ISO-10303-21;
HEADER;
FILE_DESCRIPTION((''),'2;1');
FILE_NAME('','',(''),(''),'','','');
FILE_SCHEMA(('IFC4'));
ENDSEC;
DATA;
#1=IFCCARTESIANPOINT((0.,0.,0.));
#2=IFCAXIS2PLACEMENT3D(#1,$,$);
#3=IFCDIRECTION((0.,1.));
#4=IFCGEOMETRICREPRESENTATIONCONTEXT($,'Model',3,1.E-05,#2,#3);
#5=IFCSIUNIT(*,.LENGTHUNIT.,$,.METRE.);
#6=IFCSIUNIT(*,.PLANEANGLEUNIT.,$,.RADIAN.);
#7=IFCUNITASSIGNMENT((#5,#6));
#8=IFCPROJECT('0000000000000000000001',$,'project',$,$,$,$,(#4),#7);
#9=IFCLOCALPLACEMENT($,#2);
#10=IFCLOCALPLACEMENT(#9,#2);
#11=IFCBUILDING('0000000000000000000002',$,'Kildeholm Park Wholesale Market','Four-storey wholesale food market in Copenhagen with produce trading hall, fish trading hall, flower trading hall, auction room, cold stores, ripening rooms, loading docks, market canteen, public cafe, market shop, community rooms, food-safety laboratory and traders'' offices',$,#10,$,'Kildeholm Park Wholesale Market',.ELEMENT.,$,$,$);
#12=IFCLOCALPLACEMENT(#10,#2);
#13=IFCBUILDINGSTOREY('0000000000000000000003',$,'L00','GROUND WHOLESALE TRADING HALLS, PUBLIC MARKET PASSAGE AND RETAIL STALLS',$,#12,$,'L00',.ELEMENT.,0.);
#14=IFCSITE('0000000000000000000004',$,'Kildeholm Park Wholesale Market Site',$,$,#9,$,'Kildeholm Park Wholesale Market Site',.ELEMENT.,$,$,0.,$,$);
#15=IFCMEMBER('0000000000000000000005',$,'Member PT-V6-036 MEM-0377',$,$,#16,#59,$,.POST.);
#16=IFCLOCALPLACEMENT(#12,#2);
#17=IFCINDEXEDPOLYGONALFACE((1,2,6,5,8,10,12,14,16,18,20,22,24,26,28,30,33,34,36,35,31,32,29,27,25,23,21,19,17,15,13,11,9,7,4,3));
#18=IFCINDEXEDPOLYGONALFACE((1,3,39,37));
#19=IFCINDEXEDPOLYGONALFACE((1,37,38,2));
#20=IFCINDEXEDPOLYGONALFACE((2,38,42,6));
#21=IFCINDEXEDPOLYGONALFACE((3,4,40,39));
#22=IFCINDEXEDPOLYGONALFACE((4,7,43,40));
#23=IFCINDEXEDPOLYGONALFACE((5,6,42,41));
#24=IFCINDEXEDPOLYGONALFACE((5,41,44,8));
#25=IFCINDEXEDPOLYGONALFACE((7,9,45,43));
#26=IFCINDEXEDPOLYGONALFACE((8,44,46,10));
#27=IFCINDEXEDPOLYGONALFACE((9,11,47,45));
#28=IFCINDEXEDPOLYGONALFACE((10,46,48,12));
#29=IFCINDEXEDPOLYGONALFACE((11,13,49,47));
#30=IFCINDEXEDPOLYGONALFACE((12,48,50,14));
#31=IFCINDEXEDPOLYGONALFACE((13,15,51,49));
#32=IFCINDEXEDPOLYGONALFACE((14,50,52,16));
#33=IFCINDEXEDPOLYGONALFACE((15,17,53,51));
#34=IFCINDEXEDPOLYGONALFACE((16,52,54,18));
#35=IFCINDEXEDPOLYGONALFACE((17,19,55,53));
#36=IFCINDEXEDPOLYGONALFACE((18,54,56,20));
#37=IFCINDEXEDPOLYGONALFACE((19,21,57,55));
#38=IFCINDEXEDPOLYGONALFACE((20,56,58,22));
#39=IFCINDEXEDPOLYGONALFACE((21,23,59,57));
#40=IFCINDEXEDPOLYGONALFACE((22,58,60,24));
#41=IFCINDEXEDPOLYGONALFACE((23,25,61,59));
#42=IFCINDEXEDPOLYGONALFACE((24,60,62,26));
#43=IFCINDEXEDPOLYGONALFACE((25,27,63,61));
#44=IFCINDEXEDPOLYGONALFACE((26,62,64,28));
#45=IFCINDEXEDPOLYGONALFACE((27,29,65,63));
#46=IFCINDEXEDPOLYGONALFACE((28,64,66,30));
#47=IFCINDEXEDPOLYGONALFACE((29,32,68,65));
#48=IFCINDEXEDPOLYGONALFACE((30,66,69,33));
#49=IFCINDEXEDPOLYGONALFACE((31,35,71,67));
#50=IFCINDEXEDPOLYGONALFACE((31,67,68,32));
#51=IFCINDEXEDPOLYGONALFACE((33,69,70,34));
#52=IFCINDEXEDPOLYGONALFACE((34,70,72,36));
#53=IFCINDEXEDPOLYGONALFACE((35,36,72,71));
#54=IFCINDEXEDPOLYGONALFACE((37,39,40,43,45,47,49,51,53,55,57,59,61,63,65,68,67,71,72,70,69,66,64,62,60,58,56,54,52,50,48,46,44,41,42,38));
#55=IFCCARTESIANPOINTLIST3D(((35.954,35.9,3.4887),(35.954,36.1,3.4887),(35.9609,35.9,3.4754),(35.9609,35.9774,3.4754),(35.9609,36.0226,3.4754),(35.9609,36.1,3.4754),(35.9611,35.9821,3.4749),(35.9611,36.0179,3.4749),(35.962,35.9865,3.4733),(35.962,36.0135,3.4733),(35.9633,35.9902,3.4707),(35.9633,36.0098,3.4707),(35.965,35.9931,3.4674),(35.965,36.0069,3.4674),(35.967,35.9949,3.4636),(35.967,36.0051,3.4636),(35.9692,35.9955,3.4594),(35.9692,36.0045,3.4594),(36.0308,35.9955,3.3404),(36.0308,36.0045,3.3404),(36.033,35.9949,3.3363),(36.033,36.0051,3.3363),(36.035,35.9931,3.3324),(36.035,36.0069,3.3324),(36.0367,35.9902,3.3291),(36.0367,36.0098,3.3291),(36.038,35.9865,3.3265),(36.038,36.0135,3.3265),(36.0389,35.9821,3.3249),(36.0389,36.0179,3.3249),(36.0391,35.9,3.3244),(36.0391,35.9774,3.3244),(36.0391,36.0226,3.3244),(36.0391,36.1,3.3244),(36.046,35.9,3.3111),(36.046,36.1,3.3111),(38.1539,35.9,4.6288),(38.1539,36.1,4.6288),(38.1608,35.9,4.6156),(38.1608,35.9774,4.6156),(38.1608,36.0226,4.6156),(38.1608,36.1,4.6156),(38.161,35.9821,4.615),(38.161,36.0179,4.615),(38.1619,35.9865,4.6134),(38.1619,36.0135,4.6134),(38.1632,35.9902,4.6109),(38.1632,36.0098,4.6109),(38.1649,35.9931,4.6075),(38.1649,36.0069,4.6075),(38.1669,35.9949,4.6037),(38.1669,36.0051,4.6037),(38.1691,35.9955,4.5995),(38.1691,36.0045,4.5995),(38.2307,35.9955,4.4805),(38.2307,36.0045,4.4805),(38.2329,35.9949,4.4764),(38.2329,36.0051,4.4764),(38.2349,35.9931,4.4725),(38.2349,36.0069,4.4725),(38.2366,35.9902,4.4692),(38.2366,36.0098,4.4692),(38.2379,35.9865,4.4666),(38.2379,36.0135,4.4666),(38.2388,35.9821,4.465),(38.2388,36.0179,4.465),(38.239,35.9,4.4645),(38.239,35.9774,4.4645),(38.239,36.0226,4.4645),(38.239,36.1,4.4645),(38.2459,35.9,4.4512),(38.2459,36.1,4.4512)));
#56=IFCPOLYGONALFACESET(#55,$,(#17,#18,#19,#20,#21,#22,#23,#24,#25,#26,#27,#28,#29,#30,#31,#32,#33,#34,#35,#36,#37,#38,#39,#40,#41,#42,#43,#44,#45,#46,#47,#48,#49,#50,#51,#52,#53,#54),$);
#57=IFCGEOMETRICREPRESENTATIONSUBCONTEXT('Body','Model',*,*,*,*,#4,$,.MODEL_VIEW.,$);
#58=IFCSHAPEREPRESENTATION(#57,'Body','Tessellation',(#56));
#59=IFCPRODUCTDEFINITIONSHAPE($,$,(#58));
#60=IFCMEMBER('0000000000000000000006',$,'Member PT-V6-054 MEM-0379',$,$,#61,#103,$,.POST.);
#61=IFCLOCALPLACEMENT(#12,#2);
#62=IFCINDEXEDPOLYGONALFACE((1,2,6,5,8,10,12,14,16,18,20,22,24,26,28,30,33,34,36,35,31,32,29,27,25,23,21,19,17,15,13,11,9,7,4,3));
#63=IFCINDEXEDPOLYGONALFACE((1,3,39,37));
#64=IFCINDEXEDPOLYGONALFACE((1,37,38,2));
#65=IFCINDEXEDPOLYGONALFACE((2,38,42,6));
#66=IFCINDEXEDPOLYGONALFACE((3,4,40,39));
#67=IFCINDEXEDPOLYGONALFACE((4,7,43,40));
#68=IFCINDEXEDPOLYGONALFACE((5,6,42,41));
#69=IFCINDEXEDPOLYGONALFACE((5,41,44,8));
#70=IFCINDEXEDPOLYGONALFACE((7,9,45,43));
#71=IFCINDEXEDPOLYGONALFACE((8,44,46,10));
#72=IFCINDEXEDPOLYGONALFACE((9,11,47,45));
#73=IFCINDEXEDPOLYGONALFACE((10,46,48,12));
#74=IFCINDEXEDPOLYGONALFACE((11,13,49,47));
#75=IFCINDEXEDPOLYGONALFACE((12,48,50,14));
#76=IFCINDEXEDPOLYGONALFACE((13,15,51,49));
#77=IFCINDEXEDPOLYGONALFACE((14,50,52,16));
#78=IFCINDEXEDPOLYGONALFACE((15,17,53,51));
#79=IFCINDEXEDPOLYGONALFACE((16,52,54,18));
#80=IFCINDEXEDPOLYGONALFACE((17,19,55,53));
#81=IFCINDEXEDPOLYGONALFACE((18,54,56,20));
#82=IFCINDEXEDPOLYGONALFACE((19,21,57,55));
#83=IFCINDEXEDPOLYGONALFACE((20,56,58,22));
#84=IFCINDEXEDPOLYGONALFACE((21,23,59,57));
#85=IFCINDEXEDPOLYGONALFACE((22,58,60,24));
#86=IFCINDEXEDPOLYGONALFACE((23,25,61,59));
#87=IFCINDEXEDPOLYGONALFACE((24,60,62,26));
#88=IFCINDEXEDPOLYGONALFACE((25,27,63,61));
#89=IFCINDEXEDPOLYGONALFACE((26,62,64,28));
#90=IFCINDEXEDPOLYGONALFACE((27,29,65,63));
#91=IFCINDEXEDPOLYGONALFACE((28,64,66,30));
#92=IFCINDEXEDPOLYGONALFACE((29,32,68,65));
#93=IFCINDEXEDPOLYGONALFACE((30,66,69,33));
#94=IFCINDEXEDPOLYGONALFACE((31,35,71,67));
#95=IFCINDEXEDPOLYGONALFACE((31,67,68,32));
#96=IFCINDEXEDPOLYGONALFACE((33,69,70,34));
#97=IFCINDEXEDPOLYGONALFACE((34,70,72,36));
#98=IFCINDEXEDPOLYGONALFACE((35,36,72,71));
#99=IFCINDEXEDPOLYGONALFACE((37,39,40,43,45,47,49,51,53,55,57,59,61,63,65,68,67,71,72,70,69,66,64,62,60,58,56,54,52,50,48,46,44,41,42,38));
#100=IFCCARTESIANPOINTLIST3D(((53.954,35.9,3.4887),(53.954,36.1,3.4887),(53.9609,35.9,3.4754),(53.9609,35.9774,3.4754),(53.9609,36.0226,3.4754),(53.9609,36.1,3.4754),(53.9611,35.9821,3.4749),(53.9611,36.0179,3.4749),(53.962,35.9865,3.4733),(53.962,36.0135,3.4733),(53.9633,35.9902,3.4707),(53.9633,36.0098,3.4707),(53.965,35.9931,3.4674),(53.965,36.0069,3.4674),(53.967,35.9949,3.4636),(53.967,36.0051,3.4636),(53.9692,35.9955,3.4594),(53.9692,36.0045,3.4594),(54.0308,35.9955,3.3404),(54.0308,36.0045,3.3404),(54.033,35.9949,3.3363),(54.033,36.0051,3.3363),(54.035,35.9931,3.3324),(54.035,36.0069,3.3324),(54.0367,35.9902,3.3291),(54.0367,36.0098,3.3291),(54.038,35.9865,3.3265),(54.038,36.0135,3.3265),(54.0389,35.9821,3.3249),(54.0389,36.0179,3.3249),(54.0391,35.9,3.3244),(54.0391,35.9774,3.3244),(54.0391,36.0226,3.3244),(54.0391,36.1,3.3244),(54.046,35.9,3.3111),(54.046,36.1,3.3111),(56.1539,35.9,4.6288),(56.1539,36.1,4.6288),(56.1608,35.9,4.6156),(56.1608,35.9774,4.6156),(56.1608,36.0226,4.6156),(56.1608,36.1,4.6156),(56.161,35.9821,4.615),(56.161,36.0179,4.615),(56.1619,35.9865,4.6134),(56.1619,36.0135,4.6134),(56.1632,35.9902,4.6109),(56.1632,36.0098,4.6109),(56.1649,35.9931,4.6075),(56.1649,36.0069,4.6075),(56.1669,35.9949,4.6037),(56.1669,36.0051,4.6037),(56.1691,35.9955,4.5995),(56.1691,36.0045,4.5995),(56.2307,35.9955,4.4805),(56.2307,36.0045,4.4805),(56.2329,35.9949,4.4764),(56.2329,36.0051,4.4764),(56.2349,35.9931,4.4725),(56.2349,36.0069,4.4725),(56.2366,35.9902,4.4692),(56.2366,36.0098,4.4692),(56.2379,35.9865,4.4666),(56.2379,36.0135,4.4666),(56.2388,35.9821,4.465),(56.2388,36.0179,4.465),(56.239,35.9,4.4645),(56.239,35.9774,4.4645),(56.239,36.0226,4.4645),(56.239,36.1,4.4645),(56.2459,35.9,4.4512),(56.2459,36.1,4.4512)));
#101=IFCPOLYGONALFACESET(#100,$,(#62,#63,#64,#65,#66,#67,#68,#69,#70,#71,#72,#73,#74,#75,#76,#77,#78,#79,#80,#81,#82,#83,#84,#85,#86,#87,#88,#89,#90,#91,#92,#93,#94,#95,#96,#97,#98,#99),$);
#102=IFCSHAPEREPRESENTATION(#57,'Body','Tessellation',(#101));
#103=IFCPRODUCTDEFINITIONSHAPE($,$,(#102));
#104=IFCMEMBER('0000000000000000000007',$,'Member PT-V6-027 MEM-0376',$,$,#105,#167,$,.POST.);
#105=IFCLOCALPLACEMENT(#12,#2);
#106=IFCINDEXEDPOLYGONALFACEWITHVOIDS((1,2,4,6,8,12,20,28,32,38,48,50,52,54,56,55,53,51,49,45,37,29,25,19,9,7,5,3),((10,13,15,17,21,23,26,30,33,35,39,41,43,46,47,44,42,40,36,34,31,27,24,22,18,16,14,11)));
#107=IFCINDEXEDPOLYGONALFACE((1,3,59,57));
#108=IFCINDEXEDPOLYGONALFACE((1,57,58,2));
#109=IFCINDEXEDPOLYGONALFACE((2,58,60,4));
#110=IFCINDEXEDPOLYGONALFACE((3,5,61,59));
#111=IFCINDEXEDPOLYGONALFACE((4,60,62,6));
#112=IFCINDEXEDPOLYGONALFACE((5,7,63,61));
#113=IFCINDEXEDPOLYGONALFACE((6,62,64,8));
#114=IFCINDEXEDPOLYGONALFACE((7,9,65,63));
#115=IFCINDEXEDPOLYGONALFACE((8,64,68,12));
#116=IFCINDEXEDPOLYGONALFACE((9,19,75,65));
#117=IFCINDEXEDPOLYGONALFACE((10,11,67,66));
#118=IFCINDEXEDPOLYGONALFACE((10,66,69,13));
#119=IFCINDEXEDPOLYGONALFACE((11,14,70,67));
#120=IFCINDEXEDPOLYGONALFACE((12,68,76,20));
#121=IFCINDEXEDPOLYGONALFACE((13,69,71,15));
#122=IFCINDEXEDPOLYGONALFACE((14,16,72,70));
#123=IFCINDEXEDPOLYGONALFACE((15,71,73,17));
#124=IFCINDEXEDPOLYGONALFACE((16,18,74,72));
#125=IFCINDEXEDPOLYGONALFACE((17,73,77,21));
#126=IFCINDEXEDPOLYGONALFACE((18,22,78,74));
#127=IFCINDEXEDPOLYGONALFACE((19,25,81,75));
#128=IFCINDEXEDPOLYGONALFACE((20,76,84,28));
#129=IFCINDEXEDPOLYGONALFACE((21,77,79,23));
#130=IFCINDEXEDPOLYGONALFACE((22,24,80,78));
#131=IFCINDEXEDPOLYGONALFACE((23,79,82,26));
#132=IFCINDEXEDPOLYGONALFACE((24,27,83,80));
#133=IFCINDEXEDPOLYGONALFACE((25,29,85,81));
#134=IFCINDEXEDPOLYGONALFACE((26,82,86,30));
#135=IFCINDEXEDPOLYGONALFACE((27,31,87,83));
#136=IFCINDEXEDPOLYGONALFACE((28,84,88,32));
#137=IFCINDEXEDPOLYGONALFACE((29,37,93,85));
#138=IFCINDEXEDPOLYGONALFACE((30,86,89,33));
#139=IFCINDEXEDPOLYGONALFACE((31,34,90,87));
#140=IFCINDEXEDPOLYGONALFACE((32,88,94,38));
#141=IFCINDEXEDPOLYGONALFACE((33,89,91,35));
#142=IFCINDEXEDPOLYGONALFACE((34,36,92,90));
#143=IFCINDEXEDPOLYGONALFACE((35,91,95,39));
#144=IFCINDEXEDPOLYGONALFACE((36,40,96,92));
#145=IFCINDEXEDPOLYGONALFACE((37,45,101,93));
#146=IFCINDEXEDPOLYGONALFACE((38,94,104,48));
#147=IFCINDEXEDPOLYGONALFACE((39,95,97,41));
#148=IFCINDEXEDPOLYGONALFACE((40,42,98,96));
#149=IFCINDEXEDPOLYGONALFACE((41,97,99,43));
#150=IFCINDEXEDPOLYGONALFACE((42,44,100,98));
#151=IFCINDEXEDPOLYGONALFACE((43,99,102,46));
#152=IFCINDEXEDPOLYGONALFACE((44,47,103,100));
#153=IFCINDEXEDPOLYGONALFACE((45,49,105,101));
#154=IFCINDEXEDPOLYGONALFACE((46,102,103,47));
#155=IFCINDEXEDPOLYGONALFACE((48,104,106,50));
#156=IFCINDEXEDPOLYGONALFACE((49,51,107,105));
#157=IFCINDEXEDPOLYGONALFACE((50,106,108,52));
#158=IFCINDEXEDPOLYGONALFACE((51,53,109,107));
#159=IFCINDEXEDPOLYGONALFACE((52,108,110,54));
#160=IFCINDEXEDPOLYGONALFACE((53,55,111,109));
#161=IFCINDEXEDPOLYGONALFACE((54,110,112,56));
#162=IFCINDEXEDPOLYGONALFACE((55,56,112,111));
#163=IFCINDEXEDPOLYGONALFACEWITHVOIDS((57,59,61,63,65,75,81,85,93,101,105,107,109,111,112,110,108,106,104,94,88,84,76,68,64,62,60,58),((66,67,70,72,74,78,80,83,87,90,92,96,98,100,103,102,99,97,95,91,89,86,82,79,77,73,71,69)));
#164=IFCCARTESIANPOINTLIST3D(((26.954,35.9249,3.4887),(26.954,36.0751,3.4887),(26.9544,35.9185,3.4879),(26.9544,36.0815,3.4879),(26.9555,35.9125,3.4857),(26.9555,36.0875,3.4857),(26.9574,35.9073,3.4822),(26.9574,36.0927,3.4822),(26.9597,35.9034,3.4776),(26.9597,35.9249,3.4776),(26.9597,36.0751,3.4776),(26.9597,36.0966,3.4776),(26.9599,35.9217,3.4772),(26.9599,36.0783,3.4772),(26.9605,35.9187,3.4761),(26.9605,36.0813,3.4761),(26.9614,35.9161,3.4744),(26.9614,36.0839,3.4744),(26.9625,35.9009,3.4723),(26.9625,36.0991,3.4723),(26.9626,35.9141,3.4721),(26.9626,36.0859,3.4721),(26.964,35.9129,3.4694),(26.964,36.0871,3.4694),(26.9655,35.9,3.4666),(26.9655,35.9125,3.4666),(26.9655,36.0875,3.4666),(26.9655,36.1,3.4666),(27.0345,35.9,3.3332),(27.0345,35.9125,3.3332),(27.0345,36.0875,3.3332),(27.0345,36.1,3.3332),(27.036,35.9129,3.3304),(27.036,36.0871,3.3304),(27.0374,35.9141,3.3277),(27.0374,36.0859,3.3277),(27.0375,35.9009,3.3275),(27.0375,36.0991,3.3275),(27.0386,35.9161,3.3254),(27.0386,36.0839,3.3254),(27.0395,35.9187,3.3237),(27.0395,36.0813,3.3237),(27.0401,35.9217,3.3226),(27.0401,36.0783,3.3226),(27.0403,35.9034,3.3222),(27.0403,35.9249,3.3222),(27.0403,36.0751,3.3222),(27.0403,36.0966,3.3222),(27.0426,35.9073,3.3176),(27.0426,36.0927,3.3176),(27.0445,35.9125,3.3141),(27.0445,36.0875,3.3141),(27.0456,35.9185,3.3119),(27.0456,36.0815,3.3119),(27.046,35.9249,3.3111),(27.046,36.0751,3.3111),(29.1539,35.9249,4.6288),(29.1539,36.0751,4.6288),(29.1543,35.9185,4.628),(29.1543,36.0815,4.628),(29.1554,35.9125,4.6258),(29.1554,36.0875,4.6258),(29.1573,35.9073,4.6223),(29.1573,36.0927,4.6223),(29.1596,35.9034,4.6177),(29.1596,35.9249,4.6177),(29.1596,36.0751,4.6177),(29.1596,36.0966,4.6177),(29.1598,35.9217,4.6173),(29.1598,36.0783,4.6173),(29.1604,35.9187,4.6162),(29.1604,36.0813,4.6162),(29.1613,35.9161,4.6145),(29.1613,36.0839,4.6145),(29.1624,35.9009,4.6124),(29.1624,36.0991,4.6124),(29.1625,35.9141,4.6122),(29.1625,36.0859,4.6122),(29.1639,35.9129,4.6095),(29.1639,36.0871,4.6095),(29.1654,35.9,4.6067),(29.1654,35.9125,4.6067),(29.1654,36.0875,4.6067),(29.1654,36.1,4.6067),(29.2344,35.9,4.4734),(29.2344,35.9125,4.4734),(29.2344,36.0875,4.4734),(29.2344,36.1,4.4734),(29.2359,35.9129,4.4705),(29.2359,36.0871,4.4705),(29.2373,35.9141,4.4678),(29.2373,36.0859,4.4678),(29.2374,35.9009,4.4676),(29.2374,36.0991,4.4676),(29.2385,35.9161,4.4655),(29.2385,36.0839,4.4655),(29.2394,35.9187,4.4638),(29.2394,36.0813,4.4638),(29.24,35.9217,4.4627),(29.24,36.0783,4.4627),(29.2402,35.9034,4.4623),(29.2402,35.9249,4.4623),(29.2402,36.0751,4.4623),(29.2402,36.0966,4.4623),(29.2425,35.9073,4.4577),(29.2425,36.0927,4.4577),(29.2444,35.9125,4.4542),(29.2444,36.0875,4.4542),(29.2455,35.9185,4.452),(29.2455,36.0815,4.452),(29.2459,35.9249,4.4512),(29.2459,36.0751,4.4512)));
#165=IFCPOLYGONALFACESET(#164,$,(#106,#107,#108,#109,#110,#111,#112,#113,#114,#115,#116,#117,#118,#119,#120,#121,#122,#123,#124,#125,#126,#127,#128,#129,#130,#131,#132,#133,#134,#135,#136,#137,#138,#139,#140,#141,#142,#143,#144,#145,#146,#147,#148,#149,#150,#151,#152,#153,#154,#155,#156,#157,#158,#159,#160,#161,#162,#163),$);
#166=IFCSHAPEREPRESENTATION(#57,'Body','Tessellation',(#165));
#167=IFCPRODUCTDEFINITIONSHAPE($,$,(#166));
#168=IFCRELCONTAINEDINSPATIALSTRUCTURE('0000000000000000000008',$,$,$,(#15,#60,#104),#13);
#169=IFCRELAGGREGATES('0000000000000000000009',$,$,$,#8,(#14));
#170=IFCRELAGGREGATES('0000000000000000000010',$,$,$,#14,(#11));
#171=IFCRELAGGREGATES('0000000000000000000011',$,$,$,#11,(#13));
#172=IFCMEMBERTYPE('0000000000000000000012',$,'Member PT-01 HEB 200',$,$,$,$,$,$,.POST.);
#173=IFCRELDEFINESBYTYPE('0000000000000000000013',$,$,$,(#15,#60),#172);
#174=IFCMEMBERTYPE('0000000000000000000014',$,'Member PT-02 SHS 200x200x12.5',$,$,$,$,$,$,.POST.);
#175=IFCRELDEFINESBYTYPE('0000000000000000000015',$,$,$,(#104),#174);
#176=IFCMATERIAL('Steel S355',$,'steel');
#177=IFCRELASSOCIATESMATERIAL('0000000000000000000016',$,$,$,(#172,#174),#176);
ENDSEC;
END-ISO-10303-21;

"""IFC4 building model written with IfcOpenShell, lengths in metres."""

from ifc_helpers import new_model, si_unit, direction, frame, origin, origin_2d, place, context, subcontext, project, spatial, hollow_rectangle, i_section, extrude, material, material_profile, profile_set, type_object, element, save


model = new_model("IFC4")

# Units and contexts
model_context = context("Model", 3, precision=1e-05, world=origin(), true_north=direction((0.0, 1.0)))
body_context = subcontext(model_context, "Body", "Model", "MODEL_VIEW")
ifc_project = project(units=[si_unit("LENGTHUNIT", "METRE"), si_unit("PLANEANGLEUNIT", "RADIAN")], contexts=[model_context])

# Site, building, storey
site_placement = place(None, origin())
site = spatial("IfcSite", under=ifc_project, at=site_placement, Name="Kildeholm Park Wholesale Market Site", LongName="Kildeholm Park Wholesale Market Site", CompositionType="ELEMENT", RefElevation=0.0)
building_placement = place(site_placement, origin())
building = spatial("IfcBuilding", under=site, at=building_placement, Name="Kildeholm Park Wholesale Market", Description="Four-storey wholesale food market in Copenhagen with produce trading hall, fish trading hall, flower trading hall, auction room, cold stores, ripening rooms, loading docks, market canteen, public cafe, market shop, community rooms, food-safety laboratory and traders' offices", LongName="Kildeholm Park Wholesale Market", CompositionType="ELEMENT")
storey_placement = place(building_placement, origin())
storey = spatial("IfcBuildingStorey", under=building, at=storey_placement, Name="L00", Description="GROUND WHOLESALE TRADING HALLS, PUBLIC MARKET PASSAGE AND RETAIL STALLS", LongName="L00", CompositionType="ELEMENT", Elevation=0.0)

# Shared definitions
ifc_material_1 = material(Name="Steel S355", Category="steel")

# Members
ifc_material_profile_1 = material_profile(ifc_material_1, i_section(OverallWidth=0.2, OverallDepth=0.2, WebThickness=0.009, FlangeThickness=0.0149, FilletRadius=0.0181, at=origin_2d()), Name="HEB 200")
ifc_profile_set_1 = profile_set([ifc_material_profile_1], Name="Steel S355")
member_type_1 = type_object("IfcMemberType", Name="Member PT-01 HEB 200", PredefinedType="POST", material=ifc_profile_set_1)
for number, where, z_axis, x_axis, name in (
    (1, (36.0, 36.0, 3.3999), (0.88785, 0.0, 0.460133), (0.0, 1.0, 0.0), "Member PT-V6-036 MEM-0377"),
    (2, (54.0, 36.0, 3.3999), (0.88785, 0.0, 0.460133), (0.0, 1.0, 0.0), "Member PT-V6-054 MEM-0379"),
):
    element("IfcMember", number, at=place(storey_placement, frame(where, z_axis=z_axis, x_axis=x_axis)), inside=storey, type_object=member_type_1, Name=name, PredefinedType="POST", context=body_context, shape_type="SweptSolid", body=[
        extrude(i_section(OverallWidth=0.2, OverallDepth=0.2, WebThickness=0.009, FlangeThickness=0.0149, FilletRadius=0.0181, at=origin_2d()), origin(), (0.0, 0.0, 1.0), 2.4778),
    ])
ifc_material_profile_2 = material_profile(ifc_material_1, hollow_rectangle(XDim=0.2, YDim=0.2, WallThickness=0.0125, InnerFilletRadius=0.0125, OuterFilletRadius=0.0249, at=origin_2d()), Name="SHS 200x200x12.5")
ifc_profile_set_2 = profile_set([ifc_material_profile_2], Name="Steel S355")
member_type_2 = type_object("IfcMemberType", Name="Member PT-02 SHS 200x200x12.5", PredefinedType="POST", material=ifc_profile_set_2)
for number, where, z_axis, x_axis, name in (
    (3, (27.0, 36.0, 3.3999), (0.88785, 0.0, 0.460133), (0.0, 1.0, 0.0), "Member PT-V6-027 MEM-0376"),
):
    element("IfcMember", number, at=place(storey_placement, frame(where, z_axis=z_axis, x_axis=x_axis)), inside=storey, type_object=member_type_2, Name=name, PredefinedType="POST", context=body_context, shape_type="SweptSolid", body=[
        extrude(hollow_rectangle(XDim=0.2, YDim=0.2, WallThickness=0.0125, InnerFilletRadius=0.0125, OuterFilletRadius=0.0249, at=origin_2d()), origin(), (0.0, 0.0, 1.0), 2.4778),
    ])

save(model, "model.ifc")
